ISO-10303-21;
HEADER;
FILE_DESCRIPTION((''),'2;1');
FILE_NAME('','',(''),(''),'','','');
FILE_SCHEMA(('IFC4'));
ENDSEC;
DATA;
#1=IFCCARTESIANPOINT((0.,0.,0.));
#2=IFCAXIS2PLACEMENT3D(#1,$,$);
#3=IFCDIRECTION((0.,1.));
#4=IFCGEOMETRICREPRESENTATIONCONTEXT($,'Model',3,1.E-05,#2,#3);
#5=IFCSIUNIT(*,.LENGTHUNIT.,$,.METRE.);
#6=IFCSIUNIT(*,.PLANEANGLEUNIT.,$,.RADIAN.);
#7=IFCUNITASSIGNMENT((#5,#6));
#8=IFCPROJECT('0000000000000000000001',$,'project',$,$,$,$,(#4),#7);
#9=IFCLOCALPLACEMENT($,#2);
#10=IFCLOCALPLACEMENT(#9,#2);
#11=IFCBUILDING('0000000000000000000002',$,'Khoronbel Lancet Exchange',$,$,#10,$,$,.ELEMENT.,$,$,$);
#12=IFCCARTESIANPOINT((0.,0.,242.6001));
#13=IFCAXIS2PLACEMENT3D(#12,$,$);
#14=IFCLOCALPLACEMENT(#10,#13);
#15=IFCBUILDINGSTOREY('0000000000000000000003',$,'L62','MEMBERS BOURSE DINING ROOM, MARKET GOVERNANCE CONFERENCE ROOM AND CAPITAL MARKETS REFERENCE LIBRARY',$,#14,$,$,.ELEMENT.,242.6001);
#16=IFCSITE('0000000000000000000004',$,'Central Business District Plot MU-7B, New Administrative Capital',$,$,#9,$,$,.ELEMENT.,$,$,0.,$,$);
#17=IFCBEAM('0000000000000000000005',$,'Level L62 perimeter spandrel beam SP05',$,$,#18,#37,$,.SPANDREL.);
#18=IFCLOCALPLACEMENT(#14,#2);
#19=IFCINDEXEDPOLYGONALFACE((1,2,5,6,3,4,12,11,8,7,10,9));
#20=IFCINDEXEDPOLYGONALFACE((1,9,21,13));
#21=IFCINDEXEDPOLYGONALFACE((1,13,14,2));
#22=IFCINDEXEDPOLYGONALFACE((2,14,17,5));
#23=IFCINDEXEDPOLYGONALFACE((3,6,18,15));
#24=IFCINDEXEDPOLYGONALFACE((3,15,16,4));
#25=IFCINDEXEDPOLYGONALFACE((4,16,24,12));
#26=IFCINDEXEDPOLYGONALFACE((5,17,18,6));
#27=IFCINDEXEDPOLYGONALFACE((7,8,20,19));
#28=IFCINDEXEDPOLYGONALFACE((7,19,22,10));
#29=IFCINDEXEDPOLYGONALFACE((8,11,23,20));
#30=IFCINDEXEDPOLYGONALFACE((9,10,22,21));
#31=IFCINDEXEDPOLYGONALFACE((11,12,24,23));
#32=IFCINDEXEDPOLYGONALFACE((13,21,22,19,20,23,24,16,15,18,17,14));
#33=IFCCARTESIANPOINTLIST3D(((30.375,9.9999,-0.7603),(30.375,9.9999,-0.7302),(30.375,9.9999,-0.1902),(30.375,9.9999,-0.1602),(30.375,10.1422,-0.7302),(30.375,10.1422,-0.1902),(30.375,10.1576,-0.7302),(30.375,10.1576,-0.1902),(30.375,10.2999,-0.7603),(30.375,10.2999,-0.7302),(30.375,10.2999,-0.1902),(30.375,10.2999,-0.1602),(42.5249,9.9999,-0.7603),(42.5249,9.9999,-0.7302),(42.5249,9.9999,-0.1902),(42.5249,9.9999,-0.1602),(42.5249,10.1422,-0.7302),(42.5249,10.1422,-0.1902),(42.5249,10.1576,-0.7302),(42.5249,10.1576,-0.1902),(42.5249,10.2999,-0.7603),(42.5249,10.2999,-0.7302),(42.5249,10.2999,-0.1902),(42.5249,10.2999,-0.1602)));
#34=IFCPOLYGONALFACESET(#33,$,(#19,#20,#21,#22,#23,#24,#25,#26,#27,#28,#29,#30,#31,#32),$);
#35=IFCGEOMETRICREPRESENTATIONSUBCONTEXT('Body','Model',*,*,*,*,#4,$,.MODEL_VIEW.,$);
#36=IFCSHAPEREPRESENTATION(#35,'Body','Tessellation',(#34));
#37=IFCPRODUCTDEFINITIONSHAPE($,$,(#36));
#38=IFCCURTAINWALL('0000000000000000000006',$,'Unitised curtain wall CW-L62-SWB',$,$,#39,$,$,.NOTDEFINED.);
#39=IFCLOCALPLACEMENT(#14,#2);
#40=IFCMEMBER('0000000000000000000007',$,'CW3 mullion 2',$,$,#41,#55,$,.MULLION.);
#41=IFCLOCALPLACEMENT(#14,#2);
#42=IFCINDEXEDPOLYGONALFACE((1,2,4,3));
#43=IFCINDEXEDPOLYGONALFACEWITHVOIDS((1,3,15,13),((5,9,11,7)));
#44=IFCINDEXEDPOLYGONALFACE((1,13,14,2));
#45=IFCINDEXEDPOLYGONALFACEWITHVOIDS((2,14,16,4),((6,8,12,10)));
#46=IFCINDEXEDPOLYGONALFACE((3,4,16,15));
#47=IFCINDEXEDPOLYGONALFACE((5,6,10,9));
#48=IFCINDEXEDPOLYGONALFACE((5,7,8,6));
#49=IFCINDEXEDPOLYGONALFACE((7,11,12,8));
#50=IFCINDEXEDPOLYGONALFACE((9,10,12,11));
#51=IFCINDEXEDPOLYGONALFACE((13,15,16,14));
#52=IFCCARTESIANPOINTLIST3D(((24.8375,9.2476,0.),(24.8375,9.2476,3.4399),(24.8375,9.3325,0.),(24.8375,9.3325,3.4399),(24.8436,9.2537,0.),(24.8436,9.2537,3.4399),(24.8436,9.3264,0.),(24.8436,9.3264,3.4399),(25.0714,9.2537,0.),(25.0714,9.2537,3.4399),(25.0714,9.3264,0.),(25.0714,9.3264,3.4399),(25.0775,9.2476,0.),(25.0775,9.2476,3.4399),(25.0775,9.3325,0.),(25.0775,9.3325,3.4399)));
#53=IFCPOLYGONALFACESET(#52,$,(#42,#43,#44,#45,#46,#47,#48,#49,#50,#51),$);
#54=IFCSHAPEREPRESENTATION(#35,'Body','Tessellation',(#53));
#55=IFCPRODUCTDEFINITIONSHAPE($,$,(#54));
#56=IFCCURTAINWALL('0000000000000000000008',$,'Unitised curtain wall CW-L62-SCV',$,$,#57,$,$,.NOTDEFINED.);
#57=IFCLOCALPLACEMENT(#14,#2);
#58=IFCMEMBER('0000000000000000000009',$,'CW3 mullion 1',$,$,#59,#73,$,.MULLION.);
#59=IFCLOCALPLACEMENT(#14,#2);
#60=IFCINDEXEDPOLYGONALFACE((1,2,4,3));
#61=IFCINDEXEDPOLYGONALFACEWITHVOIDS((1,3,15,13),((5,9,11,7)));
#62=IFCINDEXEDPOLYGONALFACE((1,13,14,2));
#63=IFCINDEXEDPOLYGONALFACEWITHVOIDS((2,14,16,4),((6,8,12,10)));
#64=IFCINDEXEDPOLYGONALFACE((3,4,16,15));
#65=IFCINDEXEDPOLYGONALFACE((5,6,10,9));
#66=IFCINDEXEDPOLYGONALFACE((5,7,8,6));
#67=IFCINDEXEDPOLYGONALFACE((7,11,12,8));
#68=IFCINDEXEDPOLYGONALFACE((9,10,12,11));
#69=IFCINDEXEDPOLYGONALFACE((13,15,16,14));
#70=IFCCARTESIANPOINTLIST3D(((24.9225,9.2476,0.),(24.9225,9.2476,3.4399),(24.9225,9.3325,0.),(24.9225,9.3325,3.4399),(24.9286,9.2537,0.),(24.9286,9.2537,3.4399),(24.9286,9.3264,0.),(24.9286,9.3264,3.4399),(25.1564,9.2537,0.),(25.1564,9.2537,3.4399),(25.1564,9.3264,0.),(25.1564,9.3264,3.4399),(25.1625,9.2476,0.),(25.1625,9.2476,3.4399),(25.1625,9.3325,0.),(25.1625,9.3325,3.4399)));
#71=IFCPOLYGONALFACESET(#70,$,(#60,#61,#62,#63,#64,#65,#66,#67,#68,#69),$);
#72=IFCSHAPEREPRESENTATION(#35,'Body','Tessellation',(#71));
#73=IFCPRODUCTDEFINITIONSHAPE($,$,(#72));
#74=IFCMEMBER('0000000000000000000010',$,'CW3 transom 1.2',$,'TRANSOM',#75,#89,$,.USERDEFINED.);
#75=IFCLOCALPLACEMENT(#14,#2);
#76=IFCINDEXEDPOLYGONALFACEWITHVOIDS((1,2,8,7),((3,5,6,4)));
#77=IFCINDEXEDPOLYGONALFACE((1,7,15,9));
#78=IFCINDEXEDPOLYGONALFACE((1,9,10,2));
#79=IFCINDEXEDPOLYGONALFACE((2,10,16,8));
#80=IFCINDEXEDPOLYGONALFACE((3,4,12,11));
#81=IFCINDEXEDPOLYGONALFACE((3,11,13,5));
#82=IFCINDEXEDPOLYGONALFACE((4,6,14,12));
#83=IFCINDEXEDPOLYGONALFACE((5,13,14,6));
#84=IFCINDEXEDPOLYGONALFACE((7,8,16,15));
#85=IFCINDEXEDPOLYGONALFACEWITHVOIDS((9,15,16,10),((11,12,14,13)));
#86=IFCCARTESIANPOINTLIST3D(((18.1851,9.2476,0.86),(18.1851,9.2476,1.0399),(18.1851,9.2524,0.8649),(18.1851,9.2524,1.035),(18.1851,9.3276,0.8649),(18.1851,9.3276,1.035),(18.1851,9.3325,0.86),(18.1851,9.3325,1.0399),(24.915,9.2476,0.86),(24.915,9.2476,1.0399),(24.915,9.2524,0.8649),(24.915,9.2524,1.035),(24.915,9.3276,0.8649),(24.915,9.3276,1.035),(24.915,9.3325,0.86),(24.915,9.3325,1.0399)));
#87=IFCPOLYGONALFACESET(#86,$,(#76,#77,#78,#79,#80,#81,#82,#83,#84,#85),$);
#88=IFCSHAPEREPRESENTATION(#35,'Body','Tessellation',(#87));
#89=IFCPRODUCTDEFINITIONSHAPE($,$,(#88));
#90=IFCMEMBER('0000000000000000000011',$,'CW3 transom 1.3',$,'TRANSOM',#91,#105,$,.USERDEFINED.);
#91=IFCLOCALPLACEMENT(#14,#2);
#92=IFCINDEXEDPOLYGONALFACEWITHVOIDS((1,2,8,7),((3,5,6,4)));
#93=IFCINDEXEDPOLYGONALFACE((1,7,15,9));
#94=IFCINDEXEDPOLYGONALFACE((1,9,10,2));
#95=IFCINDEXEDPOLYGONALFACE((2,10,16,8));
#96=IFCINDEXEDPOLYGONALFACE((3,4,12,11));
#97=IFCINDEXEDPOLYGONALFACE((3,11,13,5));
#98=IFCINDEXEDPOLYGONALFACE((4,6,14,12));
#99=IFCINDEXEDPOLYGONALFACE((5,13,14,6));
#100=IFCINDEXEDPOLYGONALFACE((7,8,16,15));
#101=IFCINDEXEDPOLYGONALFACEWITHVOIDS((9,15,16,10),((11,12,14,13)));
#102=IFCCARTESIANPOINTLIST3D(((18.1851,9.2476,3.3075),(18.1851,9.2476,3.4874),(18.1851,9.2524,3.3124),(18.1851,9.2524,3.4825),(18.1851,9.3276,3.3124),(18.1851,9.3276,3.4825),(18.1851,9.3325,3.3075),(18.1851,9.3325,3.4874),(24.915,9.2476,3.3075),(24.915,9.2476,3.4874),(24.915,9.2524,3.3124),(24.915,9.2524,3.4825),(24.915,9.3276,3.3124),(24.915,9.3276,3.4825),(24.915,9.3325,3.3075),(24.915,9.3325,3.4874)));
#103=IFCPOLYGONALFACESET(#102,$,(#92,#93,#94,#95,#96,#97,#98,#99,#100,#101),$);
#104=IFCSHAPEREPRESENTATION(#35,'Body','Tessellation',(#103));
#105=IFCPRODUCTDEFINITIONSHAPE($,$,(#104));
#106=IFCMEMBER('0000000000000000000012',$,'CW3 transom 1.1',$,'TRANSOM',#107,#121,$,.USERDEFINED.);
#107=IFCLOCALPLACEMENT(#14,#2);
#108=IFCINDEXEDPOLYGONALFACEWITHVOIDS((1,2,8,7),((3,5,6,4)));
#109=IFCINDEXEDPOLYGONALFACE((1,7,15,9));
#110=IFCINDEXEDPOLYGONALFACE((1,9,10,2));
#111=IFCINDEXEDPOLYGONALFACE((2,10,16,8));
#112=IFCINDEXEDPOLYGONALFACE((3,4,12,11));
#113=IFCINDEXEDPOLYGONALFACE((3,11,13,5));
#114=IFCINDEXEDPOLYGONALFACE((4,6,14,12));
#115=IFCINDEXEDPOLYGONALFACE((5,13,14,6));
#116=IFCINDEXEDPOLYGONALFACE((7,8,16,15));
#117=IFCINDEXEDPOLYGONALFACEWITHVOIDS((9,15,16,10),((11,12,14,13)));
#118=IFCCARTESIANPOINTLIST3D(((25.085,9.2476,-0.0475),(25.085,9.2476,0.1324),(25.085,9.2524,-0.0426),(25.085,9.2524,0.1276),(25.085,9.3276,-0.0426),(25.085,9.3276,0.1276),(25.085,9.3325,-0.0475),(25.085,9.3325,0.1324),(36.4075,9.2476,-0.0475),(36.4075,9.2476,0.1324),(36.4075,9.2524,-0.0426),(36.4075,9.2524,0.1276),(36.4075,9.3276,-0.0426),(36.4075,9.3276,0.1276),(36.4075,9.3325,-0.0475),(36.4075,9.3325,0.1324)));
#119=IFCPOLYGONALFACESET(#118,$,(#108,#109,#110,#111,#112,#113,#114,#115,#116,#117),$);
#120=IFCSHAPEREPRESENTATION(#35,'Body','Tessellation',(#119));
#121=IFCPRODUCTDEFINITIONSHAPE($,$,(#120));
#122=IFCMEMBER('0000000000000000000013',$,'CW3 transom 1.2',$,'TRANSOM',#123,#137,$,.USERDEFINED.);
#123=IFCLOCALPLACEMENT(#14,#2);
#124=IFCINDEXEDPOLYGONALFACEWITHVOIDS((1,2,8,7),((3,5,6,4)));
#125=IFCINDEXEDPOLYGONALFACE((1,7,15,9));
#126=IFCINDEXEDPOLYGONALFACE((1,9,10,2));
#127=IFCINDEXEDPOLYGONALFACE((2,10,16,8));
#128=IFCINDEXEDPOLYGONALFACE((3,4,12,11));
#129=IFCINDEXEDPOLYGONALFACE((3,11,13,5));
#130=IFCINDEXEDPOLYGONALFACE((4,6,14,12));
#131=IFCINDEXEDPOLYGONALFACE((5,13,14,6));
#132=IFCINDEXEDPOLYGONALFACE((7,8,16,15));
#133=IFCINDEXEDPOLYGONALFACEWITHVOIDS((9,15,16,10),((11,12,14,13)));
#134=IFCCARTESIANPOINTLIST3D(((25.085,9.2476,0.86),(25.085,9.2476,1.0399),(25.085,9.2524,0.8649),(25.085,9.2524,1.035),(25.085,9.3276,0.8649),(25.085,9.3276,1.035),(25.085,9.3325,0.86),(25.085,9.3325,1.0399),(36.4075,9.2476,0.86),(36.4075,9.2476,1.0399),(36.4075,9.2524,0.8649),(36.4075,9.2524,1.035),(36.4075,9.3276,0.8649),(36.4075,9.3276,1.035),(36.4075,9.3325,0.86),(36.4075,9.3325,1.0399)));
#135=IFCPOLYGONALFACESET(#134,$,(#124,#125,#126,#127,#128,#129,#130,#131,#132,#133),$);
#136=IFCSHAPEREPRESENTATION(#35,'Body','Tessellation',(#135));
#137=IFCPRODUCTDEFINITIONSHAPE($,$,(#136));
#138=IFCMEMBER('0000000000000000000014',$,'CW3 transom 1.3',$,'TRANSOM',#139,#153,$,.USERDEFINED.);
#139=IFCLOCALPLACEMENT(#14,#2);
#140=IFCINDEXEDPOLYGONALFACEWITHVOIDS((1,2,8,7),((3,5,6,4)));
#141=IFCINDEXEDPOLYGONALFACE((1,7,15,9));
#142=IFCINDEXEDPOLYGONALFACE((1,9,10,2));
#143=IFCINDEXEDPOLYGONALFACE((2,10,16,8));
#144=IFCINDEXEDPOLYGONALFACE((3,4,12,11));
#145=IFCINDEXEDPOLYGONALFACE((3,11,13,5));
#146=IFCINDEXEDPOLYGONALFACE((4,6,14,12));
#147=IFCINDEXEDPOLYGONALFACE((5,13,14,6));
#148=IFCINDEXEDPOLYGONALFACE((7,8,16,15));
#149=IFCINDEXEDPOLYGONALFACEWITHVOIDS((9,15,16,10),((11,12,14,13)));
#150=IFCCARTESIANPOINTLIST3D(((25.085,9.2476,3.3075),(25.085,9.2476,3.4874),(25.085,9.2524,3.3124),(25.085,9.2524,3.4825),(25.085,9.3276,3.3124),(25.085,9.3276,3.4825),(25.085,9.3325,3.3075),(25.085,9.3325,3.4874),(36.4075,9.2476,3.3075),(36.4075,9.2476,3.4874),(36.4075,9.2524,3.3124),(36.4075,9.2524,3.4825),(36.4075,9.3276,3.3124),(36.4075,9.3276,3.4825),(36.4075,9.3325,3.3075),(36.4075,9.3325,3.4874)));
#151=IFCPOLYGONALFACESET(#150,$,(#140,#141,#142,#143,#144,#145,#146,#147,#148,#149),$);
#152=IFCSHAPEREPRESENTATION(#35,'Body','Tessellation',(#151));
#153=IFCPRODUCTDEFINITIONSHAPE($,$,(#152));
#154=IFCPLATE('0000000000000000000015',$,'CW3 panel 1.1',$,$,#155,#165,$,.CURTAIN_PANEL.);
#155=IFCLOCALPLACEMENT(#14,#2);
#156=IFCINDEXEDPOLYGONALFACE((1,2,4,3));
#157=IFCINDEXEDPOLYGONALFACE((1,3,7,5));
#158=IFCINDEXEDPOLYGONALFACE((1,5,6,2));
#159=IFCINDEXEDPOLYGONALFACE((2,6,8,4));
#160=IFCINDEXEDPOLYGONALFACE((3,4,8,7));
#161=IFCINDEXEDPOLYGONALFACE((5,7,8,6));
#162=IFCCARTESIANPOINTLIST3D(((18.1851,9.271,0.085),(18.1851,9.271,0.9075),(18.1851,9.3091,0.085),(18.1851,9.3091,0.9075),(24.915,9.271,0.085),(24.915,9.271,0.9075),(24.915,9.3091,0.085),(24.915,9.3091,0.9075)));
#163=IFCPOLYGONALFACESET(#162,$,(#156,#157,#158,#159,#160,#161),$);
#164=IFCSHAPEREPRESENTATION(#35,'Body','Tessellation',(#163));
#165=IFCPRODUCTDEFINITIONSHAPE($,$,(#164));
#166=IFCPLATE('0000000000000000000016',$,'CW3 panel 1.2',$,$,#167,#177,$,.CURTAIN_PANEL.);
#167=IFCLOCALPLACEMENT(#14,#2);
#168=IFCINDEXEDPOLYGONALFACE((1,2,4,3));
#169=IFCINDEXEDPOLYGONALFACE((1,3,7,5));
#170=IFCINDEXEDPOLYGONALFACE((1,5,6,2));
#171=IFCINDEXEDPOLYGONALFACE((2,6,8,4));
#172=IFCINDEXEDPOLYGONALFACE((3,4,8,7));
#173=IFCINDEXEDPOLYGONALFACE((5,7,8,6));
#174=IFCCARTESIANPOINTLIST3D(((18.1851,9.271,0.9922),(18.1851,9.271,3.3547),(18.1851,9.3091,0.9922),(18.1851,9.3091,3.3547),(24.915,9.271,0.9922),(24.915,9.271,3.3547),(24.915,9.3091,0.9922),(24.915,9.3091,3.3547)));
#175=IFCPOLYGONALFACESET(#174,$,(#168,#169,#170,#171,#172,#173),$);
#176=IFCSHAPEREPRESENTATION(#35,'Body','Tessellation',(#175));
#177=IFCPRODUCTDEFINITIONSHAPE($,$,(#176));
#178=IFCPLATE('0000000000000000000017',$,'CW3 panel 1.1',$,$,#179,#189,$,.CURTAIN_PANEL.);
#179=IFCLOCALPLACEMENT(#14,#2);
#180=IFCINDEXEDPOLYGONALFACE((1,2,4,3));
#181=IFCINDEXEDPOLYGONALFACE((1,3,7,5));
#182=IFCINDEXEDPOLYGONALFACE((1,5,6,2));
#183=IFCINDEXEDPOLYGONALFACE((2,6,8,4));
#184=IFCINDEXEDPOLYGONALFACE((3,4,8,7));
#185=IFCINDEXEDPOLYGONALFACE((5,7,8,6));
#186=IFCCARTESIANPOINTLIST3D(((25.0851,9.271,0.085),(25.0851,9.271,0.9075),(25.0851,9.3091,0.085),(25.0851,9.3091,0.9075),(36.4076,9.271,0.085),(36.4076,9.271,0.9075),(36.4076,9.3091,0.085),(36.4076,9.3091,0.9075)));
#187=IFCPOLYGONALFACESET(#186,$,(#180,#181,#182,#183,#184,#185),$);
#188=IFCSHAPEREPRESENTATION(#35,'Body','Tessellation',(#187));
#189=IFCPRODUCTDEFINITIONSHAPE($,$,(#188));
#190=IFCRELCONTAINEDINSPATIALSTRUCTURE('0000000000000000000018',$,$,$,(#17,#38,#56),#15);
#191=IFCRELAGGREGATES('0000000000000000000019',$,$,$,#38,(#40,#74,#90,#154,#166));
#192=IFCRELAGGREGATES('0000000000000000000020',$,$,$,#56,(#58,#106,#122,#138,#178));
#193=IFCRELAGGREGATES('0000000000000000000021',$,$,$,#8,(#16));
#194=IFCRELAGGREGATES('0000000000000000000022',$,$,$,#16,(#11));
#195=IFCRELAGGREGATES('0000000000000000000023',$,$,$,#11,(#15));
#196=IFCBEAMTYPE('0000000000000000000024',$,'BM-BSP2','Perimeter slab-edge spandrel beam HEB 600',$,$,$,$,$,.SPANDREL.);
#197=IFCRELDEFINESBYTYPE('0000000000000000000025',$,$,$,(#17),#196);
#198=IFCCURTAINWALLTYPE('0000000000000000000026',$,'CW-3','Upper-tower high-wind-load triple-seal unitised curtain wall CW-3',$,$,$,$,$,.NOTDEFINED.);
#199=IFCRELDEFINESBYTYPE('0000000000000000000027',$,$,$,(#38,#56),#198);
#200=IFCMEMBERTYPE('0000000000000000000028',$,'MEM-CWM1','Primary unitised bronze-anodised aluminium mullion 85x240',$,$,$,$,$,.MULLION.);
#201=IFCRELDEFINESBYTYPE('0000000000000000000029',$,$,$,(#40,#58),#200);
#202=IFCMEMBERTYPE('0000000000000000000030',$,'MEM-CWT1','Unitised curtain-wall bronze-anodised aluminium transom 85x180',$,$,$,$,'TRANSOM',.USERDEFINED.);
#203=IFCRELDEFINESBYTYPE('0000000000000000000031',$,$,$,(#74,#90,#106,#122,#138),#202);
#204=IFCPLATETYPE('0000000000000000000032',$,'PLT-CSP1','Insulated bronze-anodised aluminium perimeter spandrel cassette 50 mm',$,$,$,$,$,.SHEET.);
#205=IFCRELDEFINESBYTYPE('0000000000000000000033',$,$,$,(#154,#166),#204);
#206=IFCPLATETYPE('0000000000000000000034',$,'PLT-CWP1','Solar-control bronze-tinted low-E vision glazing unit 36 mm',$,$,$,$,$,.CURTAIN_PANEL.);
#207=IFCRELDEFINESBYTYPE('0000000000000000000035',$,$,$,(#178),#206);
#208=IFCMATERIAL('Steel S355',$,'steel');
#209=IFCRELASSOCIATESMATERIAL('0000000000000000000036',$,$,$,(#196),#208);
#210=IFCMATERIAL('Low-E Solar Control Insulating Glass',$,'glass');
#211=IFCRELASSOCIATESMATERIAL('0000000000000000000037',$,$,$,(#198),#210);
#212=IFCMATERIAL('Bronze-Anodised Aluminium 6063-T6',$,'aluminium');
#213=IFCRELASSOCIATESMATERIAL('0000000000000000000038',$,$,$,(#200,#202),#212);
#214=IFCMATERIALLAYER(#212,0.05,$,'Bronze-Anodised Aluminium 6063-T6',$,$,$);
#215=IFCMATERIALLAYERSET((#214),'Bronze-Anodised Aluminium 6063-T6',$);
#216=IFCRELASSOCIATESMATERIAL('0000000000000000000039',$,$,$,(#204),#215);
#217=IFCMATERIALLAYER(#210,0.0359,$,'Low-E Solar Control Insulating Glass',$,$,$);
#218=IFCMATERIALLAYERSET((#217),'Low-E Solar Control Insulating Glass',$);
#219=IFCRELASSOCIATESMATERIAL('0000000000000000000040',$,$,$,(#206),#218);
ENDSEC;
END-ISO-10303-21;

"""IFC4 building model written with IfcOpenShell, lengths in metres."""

from ifc_helpers import new_model, si_unit, direction, frame, origin, origin_2d, place, context, subcontext, project, spatial, rectangle, hollow_rectangle, i_section, extrude, material, layer, layer_set, material_profile, profile_set, type_object, element, aggregate, save


model = new_model("IFC4")

# Units and contexts
model_context = context("Model", 3, precision=1e-05, world=origin(), true_north=direction((0.0, 1.0)))
body_context = subcontext(model_context, "Body", "Model", "MODEL_VIEW")
ifc_project = project(units=[si_unit("LENGTHUNIT", "METRE"), si_unit("PLANEANGLEUNIT", "RADIAN")], contexts=[model_context])

# Site, building, storey
site_placement = place(None, origin())
site = spatial("IfcSite", under=ifc_project, at=site_placement, Name="Central Business District Plot MU-7B, New Administrative Capital", CompositionType="ELEMENT", RefElevation=0.0)
building_placement = place(site_placement, origin())
building = spatial("IfcBuilding", under=site, at=building_placement, Name="Khoronbel Lancet Exchange", CompositionType="ELEMENT")
storey_placement = place(building_placement, frame((0.0, 0.0, 242.6001)))
storey = spatial("IfcBuildingStorey", under=building, at=storey_placement, Name="L62", Description="MEMBERS BOURSE DINING ROOM, MARKET GOVERNANCE CONFERENCE ROOM AND CAPITAL MARKETS REFERENCE LIBRARY", CompositionType="ELEMENT", Elevation=242.6001)

# Beam
ifc_material_1 = material(Name="Steel S355", Category="steel")
ifc_material_profile_1 = material_profile(ifc_material_1, i_section(OverallWidth=0.3, OverallDepth=0.6001, WebThickness=0.0154, FlangeThickness=0.03, at=origin_2d()), Name="HEB 600")
ifc_profile_set_1 = profile_set([ifc_material_profile_1], Name="Steel S355")
beam_type_1 = type_object("IfcBeamType", Name="BM-BSP2", Description="Perimeter slab-edge spandrel beam HEB 600", PredefinedType="SPANDREL", material=ifc_profile_set_1)
beam_1_placement = place(storey_placement, frame((30.375, 10.1499, -0.4602), z_axis=(1.0, 0.0, 0.0), x_axis=(0.0, 1.0, 0.0)))
element("IfcBeam", 1, at=beam_1_placement, inside=storey, type_object=beam_type_1, Name="Level L62 perimeter spandrel beam SP05", PredefinedType="SPANDREL", context=body_context, shape_type="SweptSolid", body=[
    extrude(i_section(OverallWidth=0.3, OverallDepth=0.6001, WebThickness=0.0154, FlangeThickness=0.03, at=origin_2d()), origin(), (0.0, 0.0, 1.0), 12.1499),
])

# Curtain walls, members
ifc_material_2 = material(Name="Low-E Solar Control Insulating Glass", Category="glass")
curtain_wall_type = type_object("IfcCurtainWallType", Name="CW-3", Description="Upper-tower high-wind-load triple-seal unitised curtain wall CW-3", PredefinedType="NOTDEFINED", material=ifc_material_2)
curtain_wall_1_placement = place(storey_placement, origin())
curtain_wall_1 = element("IfcCurtainWall", 2, at=curtain_wall_1_placement, inside=storey, type_object=curtain_wall_type, Name="Unitised curtain wall CW-L62-SWB", PredefinedType="NOTDEFINED")
ifc_material_3 = material(Name="Bronze-Anodised Aluminium 6063-T6", Category="aluminium")
ifc_material_profile_2 = material_profile(ifc_material_3, hollow_rectangle(XDim=0.085, YDim=0.24, WallThickness=0.0061, at=origin_2d()), Name="ALU MULLION 85x240")
ifc_profile_set_2 = profile_set([ifc_material_profile_2], Name="Bronze-Anodised Aluminium 6063-T6")
member_type_1 = type_object("IfcMemberType", Name="MEM-CWM1", Description="Primary unitised bronze-anodised aluminium mullion 85x240", PredefinedType="MULLION", material=ifc_profile_set_2)
member_1_placement = place(storey_placement, frame((24.9575, 9.29, 0.0), z_axis=(0.0, 0.0, 1.0), x_axis=(0.0, 1.0, 0.0)))
member_1 = element("IfcMember", 3, at=member_1_placement, type_object=member_type_1, Name="CW3 mullion 2", PredefinedType="MULLION", context=body_context, shape_type="SweptSolid", body=[
    extrude(hollow_rectangle(XDim=0.085, YDim=0.24, WallThickness=0.0061, at=origin_2d()), origin(), (0.0, 0.0, 1.0), 3.4399),
])
curtain_wall_2_placement = place(storey_placement, origin())
curtain_wall_2 = element("IfcCurtainWall", 4, at=curtain_wall_2_placement, inside=storey, type_object=curtain_wall_type, Name="Unitised curtain wall CW-L62-SCV", PredefinedType="NOTDEFINED")
member_2_placement = place(storey_placement, frame((25.0425, 9.29, 0.0), z_axis=(0.0, 0.0, 1.0), x_axis=(0.0, 1.0, 0.0)))
member_2 = element("IfcMember", 5, at=member_2_placement, type_object=member_type_1, Name="CW3 mullion 1", PredefinedType="MULLION", context=body_context, shape_type="SweptSolid", body=[
    extrude(hollow_rectangle(XDim=0.085, YDim=0.24, WallThickness=0.0061, at=origin_2d()), origin(), (0.0, 0.0, 1.0), 3.4399),
])

# Members
ifc_material_profile_3 = material_profile(ifc_material_3, hollow_rectangle(XDim=0.085, YDim=0.1799, WallThickness=0.0049, at=origin_2d()), Name="ALU TRANSOM 85x180")
ifc_profile_set_3 = profile_set([ifc_material_profile_3], Name="Bronze-Anodised Aluminium 6063-T6")
member_type_2 = type_object("IfcMemberType", Name="MEM-CWT1", Description="Unitised curtain-wall bronze-anodised aluminium transom 85x180", ElementType="TRANSOM", PredefinedType="USERDEFINED", material=ifc_profile_set_3)
member_3_placement = place(storey_placement, frame((18.1851, 9.29, 0.95), z_axis=(1.0, 0.0, 0.0), x_axis=(0.0, 1.0, 0.0)))
member_3 = element("IfcMember", 6, at=member_3_placement, type_object=member_type_2, Name="CW3 transom 1.2", ObjectType="TRANSOM", PredefinedType="USERDEFINED", context=body_context, shape_type="SweptSolid", body=[
    extrude(hollow_rectangle(XDim=0.085, YDim=0.1799, WallThickness=0.0049, at=origin_2d()), origin(), (0.0, 0.0, 1.0), 6.73),
])
member_4_placement = place(storey_placement, frame((18.1851, 9.29, 3.3975), z_axis=(1.0, 0.0, 0.0), x_axis=(0.0, 1.0, 0.0)))
member_4 = element("IfcMember", 7, at=member_4_placement, type_object=member_type_2, Name="CW3 transom 1.3", ObjectType="TRANSOM", PredefinedType="USERDEFINED", context=body_context, shape_type="SweptSolid", body=[
    extrude(hollow_rectangle(XDim=0.085, YDim=0.1799, WallThickness=0.0049, at=origin_2d()), origin(), (0.0, 0.0, 1.0), 6.73),
])
member_5_placement = place(storey_placement, frame((25.085, 9.29, 0.0425), z_axis=(1.0, 0.0, 0.0), x_axis=(0.0, 1.0, 0.0)))
member_5 = element("IfcMember", 8, at=member_5_placement, type_object=member_type_2, Name="CW3 transom 1.1", ObjectType="TRANSOM", PredefinedType="USERDEFINED", context=body_context, shape_type="SweptSolid", body=[
    extrude(hollow_rectangle(XDim=0.085, YDim=0.1799, WallThickness=0.0049, at=origin_2d()), origin(), (0.0, 0.0, 1.0), 11.3225),
])
member_6_placement = place(storey_placement, frame((25.085, 9.29, 0.95), z_axis=(1.0, 0.0, 0.0), x_axis=(0.0, 1.0, 0.0)))
member_6 = element("IfcMember", 9, at=member_6_placement, type_object=member_type_2, Name="CW3 transom 1.2", ObjectType="TRANSOM", PredefinedType="USERDEFINED", context=body_context, shape_type="SweptSolid", body=[
    extrude(hollow_rectangle(XDim=0.085, YDim=0.1799, WallThickness=0.0049, at=origin_2d()), origin(), (0.0, 0.0, 1.0), 11.3225),
])
member_7_placement = place(storey_placement, frame((25.085, 9.29, 3.3975), z_axis=(1.0, 0.0, 0.0), x_axis=(0.0, 1.0, 0.0)))
member_7 = element("IfcMember", 10, at=member_7_placement, type_object=member_type_2, Name="CW3 transom 1.3", ObjectType="TRANSOM", PredefinedType="USERDEFINED", context=body_context, shape_type="SweptSolid", body=[
    extrude(hollow_rectangle(XDim=0.085, YDim=0.1799, WallThickness=0.0049, at=origin_2d()), origin(), (0.0, 0.0, 1.0), 11.3225),
])

# Plates
ifc_layer_1 = layer(ifc_material_3, 0.05, Name="Bronze-Anodised Aluminium 6063-T6")
ifc_layer_set_1 = layer_set([ifc_layer_1], Name="Bronze-Anodised Aluminium 6063-T6")
plate_type_1 = type_object("IfcPlateType", Name="PLT-CSP1", Description="Insulated bronze-anodised aluminium perimeter spandrel cassette 50 mm", PredefinedType="SHEET", material=ifc_layer_set_1)
plate_1_placement = place(storey_placement, frame((21.55, 9.29, 0.085), z_axis=(0.0, 0.0, 1.0), x_axis=(1.0, 0.0, 0.0)))
plate_1 = element("IfcPlate", 11, at=plate_1_placement, type_object=plate_type_1, Name="CW3 panel 1.1", PredefinedType="CURTAIN_PANEL", context=body_context, shape_type="SweptSolid", body=[
    extrude(rectangle(XDim=6.73, YDim=0.0381, at=origin_2d()), origin(), (0.0, 0.0, 1.0), 0.8225),
])
plate_2_placement = place(storey_placement, frame((21.55, 9.29, 0.9922), z_axis=(0.0, 0.0, 1.0), x_axis=(1.0, 0.0, 0.0)))
plate_2 = element("IfcPlate", 12, at=plate_2_placement, type_object=plate_type_1, Name="CW3 panel 1.2", PredefinedType="CURTAIN_PANEL", context=body_context, shape_type="SweptSolid", body=[
    extrude(rectangle(XDim=6.73, YDim=0.0381, at=origin_2d()), origin(), (0.0, 0.0, 1.0), 2.3625),
])
aggregate(curtain_wall_1, [member_1, member_3, member_4, plate_1, plate_2])
ifc_layer_2 = layer(ifc_material_2, 0.0359, Name="Low-E Solar Control Insulating Glass")
ifc_layer_set_2 = layer_set([ifc_layer_2], Name="Low-E Solar Control Insulating Glass")
plate_type_2 = type_object("IfcPlateType", Name="PLT-CWP1", Description="Solar-control bronze-tinted low-E vision glazing unit 36 mm", PredefinedType="CURTAIN_PANEL", material=ifc_layer_set_2)
plate_3_placement = place(storey_placement, frame((30.7463, 9.29, 0.085), z_axis=(0.0, 0.0, 1.0), x_axis=(1.0, 0.0, 0.0)))
plate_3 = element("IfcPlate", 13, at=plate_3_placement, type_object=plate_type_2, Name="CW3 panel 1.1", PredefinedType="CURTAIN_PANEL", context=body_context, shape_type="SweptSolid", body=[
    extrude(rectangle(XDim=11.3225, YDim=0.0381, at=origin_2d()), origin(), (0.0, 0.0, 1.0), 0.8225),
])
aggregate(curtain_wall_2, [member_2, member_5, member_6, member_7, plate_3])

save(model, "model.ifc")
